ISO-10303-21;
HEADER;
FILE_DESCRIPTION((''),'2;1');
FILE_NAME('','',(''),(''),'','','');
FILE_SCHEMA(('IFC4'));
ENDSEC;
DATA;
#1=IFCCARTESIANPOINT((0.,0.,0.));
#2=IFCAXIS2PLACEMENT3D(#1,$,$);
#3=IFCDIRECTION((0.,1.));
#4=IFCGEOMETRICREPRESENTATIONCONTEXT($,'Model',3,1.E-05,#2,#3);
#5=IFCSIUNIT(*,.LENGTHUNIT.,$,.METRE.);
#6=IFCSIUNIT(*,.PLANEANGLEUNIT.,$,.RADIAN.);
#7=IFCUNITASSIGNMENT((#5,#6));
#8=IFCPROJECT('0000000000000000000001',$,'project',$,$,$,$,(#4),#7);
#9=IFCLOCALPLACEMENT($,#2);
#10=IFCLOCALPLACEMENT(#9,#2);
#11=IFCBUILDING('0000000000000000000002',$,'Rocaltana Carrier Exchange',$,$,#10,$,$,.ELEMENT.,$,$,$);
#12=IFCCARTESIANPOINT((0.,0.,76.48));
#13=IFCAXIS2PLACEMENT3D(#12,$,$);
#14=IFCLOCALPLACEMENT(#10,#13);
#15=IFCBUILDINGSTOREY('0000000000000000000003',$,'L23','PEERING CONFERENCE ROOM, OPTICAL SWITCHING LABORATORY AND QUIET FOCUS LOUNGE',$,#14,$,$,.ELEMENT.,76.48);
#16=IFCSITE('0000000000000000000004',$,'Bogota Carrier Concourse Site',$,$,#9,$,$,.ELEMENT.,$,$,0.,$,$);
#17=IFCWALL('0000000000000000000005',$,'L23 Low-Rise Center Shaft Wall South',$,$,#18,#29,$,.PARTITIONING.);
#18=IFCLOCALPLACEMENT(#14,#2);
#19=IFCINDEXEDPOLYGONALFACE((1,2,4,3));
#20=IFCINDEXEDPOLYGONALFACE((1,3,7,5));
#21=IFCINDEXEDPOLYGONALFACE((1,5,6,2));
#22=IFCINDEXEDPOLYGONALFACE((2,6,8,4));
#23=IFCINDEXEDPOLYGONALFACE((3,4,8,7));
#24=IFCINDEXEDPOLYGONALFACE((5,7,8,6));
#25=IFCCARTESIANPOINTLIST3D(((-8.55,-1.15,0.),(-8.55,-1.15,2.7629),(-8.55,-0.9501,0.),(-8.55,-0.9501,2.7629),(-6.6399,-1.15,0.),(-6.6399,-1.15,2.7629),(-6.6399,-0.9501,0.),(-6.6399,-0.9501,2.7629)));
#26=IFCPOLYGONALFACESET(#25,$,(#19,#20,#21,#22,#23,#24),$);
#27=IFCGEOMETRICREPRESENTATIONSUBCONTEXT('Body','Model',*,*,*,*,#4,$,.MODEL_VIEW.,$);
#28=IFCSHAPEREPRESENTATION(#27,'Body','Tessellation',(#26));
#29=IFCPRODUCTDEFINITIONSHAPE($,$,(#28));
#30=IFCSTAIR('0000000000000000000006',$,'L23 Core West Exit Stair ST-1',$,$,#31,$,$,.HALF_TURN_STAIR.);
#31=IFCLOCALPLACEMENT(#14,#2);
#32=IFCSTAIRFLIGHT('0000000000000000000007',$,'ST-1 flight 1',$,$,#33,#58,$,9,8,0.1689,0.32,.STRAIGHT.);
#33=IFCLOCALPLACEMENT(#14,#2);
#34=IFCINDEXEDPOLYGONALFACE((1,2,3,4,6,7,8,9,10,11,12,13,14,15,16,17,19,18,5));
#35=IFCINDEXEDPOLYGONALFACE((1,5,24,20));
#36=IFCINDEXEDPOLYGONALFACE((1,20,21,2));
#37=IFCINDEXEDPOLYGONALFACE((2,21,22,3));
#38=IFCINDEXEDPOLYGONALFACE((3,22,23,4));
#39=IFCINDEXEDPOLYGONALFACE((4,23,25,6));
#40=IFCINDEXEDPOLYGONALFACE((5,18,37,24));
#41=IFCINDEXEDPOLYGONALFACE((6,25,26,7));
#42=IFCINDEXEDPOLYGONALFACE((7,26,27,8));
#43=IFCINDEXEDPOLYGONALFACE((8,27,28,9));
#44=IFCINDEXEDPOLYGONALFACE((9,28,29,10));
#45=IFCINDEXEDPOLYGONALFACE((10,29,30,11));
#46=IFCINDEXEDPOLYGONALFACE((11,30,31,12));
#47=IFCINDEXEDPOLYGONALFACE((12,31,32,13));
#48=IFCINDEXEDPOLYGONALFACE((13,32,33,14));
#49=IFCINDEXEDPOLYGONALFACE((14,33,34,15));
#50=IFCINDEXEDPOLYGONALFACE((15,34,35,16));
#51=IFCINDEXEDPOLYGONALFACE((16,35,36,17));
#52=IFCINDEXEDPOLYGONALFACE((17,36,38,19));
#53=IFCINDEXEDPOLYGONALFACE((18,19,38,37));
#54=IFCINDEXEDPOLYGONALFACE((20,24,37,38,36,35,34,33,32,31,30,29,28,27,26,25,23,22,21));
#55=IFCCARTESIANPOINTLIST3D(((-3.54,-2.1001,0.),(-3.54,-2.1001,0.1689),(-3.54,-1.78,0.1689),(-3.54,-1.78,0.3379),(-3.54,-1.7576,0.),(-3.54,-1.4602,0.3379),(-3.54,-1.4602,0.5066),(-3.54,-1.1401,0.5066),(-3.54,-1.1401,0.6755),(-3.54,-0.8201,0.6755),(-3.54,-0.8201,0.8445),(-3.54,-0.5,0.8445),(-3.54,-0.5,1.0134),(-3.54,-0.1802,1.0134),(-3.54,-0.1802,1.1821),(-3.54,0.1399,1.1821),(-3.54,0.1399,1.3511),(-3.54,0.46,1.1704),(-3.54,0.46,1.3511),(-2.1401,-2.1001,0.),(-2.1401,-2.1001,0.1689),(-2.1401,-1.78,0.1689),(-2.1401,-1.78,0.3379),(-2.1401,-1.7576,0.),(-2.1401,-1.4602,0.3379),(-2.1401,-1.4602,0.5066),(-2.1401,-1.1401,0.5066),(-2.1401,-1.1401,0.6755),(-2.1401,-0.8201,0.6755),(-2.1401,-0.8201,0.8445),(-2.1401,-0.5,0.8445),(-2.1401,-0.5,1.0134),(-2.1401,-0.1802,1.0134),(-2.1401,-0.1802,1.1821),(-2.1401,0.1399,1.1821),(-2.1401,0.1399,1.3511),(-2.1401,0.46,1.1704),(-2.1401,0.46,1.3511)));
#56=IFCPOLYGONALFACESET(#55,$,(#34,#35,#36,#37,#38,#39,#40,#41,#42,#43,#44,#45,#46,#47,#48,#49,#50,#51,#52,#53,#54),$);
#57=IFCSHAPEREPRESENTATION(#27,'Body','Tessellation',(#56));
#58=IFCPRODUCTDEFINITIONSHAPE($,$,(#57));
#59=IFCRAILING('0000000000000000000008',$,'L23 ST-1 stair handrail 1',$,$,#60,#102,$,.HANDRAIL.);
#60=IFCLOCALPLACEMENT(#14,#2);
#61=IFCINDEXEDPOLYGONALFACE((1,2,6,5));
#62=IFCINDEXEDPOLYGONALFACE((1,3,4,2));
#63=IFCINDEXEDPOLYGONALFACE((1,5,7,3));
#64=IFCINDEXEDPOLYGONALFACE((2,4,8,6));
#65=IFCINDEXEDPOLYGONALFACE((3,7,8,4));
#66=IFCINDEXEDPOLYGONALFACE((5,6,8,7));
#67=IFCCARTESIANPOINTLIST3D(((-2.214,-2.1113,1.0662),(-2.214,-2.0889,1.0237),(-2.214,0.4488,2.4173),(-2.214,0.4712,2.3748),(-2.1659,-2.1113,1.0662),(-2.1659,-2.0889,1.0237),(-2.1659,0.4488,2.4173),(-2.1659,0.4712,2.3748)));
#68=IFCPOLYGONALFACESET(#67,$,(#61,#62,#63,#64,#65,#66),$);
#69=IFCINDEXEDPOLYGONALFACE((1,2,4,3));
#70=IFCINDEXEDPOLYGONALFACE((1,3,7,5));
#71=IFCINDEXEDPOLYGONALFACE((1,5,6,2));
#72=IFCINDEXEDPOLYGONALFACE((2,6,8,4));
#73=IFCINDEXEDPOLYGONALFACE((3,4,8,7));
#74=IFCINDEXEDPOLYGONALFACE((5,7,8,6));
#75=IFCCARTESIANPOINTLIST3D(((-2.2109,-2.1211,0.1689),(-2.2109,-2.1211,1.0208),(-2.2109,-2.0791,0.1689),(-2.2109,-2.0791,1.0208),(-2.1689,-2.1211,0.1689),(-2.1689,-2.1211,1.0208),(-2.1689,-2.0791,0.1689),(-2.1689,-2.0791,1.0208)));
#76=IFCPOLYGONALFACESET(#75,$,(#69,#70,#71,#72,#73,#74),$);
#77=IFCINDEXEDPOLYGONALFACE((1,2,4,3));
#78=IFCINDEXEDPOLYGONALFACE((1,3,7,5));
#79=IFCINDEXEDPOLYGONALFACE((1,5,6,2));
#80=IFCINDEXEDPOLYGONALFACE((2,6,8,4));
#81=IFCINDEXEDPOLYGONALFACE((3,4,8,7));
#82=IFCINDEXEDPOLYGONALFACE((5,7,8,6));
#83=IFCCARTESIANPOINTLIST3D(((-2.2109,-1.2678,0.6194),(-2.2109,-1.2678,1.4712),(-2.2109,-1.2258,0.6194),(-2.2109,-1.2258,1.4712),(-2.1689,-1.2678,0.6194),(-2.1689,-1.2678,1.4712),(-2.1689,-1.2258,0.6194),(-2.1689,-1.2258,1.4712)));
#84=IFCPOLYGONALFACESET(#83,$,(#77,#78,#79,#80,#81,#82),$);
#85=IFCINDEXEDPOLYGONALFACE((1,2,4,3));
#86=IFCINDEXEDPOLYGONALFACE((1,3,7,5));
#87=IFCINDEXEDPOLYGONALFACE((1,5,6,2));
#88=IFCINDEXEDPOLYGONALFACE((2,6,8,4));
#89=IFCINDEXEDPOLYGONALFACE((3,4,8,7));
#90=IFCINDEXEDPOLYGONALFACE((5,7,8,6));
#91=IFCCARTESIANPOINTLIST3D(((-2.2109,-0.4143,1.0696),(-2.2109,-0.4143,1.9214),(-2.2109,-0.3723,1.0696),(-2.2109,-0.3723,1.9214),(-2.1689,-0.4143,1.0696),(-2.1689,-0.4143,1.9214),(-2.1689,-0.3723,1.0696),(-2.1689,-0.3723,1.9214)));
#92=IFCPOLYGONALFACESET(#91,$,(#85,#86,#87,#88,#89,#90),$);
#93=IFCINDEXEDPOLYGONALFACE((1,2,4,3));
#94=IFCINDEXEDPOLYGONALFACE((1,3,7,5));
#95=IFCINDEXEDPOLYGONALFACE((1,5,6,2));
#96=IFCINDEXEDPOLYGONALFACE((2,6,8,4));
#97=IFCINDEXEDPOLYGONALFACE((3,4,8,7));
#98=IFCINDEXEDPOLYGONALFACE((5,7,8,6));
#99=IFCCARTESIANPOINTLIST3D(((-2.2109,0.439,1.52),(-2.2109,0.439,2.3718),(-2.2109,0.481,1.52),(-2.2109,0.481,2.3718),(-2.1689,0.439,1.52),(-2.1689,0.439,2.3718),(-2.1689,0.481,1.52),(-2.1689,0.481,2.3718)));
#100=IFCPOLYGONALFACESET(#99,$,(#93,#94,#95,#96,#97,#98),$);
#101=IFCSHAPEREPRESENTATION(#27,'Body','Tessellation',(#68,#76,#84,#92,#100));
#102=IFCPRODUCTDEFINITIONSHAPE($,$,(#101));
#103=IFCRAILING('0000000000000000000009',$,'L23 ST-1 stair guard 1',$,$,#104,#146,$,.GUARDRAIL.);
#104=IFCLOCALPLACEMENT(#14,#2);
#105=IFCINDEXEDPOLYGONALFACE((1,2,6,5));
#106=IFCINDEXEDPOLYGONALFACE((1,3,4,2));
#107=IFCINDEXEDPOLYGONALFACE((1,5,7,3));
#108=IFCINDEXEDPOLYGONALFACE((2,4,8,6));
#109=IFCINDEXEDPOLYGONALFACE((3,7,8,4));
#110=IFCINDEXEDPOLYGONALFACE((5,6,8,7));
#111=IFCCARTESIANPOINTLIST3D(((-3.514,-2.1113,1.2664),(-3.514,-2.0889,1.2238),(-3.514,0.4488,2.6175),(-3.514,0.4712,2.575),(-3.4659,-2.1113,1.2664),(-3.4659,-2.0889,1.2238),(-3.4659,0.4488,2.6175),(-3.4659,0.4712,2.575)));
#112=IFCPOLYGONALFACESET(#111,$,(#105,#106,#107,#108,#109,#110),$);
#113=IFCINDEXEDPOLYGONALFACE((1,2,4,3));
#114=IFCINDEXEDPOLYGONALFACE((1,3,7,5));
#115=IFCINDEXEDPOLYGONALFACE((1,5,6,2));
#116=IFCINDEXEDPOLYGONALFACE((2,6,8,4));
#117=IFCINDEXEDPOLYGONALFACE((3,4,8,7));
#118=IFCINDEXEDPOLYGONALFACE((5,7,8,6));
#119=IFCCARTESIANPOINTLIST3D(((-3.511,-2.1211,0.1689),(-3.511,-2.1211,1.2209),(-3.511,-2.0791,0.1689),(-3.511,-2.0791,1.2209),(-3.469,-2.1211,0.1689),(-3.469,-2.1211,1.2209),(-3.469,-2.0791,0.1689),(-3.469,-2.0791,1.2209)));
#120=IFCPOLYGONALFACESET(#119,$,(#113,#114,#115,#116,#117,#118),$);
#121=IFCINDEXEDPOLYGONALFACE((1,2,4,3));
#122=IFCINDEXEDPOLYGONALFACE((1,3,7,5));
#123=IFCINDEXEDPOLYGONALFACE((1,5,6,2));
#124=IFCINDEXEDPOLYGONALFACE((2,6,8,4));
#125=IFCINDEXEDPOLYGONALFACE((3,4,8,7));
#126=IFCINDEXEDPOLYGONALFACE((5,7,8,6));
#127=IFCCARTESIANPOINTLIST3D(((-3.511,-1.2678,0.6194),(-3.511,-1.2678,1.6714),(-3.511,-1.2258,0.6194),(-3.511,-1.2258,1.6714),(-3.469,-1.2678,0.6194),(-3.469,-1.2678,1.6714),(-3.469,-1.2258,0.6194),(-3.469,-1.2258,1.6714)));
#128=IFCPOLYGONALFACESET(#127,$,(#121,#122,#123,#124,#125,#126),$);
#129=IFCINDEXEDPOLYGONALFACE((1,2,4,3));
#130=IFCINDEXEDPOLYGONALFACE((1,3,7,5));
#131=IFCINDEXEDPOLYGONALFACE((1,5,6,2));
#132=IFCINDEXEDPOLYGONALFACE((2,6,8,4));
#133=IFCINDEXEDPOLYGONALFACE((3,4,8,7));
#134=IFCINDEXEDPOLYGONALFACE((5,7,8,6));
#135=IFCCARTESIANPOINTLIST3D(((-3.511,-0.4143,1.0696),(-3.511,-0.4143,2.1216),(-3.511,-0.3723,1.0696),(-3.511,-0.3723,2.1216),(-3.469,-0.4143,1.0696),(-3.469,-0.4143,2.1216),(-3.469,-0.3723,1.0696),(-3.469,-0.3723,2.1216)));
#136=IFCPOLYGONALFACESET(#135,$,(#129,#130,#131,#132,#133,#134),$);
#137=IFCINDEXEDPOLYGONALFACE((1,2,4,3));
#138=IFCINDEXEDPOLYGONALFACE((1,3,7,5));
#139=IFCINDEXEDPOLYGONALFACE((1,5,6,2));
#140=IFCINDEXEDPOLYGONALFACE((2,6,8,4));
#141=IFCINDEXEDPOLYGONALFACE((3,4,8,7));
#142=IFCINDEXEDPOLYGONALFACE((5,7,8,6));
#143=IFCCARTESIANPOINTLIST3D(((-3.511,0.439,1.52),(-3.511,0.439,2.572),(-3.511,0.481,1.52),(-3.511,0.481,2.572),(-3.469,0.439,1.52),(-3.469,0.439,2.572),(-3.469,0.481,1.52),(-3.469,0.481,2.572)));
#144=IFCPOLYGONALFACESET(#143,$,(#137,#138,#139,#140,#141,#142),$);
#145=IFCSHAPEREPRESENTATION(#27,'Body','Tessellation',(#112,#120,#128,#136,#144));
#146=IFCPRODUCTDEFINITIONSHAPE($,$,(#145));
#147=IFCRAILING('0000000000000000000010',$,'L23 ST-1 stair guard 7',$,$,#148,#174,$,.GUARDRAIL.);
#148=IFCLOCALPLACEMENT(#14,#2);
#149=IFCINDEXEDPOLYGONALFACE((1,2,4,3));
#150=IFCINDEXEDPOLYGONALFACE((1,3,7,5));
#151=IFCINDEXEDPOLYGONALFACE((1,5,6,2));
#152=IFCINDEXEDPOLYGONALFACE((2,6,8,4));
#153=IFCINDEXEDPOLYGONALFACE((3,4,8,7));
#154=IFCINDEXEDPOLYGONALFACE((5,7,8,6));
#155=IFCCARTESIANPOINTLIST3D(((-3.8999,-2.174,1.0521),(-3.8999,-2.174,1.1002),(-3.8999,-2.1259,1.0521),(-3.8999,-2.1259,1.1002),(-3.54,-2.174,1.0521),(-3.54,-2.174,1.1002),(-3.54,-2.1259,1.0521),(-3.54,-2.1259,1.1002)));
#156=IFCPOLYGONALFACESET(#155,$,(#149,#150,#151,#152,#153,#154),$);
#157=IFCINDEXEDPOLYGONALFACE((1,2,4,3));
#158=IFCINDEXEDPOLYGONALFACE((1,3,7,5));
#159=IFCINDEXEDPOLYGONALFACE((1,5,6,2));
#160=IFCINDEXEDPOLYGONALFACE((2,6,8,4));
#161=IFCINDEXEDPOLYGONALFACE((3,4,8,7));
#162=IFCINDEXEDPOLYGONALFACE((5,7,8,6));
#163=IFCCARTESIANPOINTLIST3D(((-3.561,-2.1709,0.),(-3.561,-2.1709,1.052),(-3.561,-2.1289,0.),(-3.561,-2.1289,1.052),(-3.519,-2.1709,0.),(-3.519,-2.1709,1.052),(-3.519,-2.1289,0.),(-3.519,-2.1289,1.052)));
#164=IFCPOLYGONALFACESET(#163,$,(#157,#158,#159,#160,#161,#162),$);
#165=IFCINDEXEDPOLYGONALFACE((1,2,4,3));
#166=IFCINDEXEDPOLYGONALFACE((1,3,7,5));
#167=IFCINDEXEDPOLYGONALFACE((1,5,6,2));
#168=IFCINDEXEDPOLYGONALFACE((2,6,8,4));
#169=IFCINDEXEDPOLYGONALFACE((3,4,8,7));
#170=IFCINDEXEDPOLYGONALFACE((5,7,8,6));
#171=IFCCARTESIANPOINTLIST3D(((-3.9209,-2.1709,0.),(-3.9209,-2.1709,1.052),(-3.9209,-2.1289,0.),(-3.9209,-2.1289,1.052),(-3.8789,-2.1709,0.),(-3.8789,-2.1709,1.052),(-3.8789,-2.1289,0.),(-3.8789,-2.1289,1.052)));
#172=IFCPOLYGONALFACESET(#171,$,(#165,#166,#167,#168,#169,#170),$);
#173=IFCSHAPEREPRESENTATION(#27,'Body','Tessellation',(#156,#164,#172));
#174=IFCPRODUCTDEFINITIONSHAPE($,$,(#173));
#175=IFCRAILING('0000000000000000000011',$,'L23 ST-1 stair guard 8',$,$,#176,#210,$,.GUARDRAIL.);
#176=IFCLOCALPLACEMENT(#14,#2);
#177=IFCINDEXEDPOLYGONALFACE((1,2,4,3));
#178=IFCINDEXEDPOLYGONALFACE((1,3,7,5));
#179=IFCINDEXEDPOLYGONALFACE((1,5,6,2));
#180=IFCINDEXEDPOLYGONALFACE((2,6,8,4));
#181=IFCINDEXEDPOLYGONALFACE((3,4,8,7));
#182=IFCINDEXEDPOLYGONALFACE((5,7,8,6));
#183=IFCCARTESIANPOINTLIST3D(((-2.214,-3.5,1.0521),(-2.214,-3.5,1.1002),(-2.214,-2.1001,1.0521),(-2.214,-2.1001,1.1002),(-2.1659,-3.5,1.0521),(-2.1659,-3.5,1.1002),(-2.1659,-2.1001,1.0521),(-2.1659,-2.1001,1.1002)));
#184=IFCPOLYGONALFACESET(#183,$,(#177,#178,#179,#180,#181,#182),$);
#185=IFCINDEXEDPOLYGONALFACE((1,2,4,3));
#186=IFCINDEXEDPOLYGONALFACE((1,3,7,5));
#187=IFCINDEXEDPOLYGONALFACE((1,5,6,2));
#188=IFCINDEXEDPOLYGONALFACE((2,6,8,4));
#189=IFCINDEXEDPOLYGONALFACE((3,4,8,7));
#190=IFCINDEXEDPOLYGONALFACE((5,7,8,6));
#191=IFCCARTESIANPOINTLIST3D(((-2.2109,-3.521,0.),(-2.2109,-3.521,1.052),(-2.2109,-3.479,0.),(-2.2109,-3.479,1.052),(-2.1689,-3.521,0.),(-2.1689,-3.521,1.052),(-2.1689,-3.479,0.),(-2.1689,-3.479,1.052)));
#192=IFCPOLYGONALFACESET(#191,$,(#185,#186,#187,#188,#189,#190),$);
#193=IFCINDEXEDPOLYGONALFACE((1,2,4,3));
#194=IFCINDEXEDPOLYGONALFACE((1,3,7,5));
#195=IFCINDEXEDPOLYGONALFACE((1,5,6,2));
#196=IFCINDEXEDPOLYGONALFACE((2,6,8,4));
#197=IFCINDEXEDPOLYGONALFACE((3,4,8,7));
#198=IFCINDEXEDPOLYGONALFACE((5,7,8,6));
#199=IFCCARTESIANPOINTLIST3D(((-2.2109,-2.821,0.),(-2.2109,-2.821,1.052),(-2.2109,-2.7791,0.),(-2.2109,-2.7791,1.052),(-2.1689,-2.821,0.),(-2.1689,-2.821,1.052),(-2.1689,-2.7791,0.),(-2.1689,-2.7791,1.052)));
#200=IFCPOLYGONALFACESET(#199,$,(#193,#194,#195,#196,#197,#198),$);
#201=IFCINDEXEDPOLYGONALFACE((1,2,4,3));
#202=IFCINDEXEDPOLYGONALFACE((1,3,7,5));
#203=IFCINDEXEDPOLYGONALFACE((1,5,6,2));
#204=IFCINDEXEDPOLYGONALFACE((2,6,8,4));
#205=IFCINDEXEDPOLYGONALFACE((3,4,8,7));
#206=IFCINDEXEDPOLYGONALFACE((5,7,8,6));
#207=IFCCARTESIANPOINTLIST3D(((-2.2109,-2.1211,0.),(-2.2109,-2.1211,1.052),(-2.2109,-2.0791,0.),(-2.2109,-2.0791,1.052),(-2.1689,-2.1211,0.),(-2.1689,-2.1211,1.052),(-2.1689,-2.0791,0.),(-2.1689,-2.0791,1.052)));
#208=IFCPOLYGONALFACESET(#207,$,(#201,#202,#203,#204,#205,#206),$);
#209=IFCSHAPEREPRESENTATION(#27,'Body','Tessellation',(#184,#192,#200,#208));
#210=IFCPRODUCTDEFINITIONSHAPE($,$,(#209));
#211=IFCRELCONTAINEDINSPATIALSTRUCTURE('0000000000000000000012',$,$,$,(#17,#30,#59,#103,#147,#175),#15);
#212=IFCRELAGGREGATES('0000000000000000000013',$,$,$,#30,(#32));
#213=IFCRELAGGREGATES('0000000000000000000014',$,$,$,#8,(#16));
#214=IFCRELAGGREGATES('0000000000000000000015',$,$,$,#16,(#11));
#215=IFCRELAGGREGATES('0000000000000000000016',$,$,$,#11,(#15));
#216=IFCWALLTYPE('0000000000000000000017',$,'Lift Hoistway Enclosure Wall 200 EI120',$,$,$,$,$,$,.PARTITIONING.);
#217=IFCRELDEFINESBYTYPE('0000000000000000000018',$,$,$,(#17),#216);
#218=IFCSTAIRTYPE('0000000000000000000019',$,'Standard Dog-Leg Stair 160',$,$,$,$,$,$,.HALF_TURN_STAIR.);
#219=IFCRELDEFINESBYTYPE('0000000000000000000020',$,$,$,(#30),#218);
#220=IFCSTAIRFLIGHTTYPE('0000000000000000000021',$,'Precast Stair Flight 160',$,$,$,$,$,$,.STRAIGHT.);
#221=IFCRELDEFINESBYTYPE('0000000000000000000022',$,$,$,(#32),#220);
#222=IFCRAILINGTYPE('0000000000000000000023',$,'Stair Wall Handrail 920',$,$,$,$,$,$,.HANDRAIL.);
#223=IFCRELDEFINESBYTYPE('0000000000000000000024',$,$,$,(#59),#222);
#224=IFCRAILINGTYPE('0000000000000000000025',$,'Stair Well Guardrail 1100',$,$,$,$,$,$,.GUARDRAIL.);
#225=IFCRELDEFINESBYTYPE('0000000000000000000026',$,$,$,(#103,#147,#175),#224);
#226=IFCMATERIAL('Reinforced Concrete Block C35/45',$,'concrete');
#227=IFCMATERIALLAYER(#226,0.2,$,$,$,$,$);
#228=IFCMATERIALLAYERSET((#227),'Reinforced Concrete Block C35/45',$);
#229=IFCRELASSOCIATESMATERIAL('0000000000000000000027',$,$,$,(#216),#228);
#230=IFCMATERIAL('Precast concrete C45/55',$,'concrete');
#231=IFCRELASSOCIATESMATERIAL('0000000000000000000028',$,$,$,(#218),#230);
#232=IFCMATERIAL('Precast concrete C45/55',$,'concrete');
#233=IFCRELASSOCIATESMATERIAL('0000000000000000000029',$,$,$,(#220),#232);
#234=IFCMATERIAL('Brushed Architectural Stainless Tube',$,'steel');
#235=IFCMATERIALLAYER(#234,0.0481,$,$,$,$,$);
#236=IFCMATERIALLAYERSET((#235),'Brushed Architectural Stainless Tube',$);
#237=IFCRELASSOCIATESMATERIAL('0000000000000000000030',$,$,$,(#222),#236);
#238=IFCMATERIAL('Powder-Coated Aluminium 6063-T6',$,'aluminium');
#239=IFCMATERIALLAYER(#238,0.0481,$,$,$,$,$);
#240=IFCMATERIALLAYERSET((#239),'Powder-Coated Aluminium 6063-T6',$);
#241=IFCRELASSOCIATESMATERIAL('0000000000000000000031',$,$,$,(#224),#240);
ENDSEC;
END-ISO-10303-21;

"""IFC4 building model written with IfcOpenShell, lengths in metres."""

from ifc_helpers import new_model, si_unit, direction, frame, frame_2d, origin, origin_2d, place, context, subcontext, project, spatial, polyline, rectangle, outline, extrude, material, layer, layer_set, type_object, element, aggregate, save


model = new_model("IFC4")

# Units and contexts
model_context = context("Model", 3, precision=1e-05, world=origin(), true_north=direction((0.0, 1.0)))
body_context = subcontext(model_context, "Body", "Model", "MODEL_VIEW")
ifc_project = project(units=[si_unit("LENGTHUNIT", "METRE"), si_unit("PLANEANGLEUNIT", "RADIAN")], contexts=[model_context])

# Site, building, storey
site_placement = place(None, origin())
site = spatial("IfcSite", under=ifc_project, at=site_placement, Name="Bogota Carrier Concourse Site", CompositionType="ELEMENT", RefElevation=0.0)
building_placement = place(site_placement, origin())
building = spatial("IfcBuilding", under=site, at=building_placement, Name="Rocaltana Carrier Exchange", CompositionType="ELEMENT")
storey_placement = place(building_placement, frame((0.0, 0.0, 76.48)))
storey = spatial("IfcBuildingStorey", under=building, at=storey_placement, Name="L23", Description="PEERING CONFERENCE ROOM, OPTICAL SWITCHING LABORATORY AND QUIET FOCUS LOUNGE", CompositionType="ELEMENT", Elevation=76.48)

# Wall
ifc_material_1 = material(Name="Reinforced Concrete Block C35/45", Category="concrete")
ifc_layer_1 = layer(ifc_material_1, 0.2)
ifc_layer_set_1 = layer_set([ifc_layer_1], Name="Reinforced Concrete Block C35/45")
wall_type_1 = type_object("IfcWallType", Name="Lift Hoistway Enclosure Wall 200 EI120", PredefinedType="PARTITIONING", material=ifc_layer_set_1)
wall_1_placement = place(storey_placement, frame((-8.55, -1.05, 0.0), z_axis=(0.0, 0.0, 1.0), x_axis=(1.0, 0.0, 0.0)))
element("IfcWall", 1, at=wall_1_placement, inside=storey, type_object=wall_type_1, Name="L23 Low-Rise Center Shaft Wall South", PredefinedType="PARTITIONING", context=body_context, shape_type="SweptSolid", body=[
    extrude(rectangle(XDim=1.9102, YDim=0.2, at=frame_2d((0.9551, 0.0))), origin(), (0.0, 0.0, 1.0), 2.7629),
])

# Stair, stair flight
ifc_material_2 = material(Name="Precast concrete C45/55", Category="concrete")
stair_type = type_object("IfcStairType", Name="Standard Dog-Leg Stair 160", PredefinedType="HALF_TURN_STAIR", material=ifc_material_2)
stair_placement = place(storey_placement, origin())
stair = element("IfcStair", 2, at=stair_placement, inside=storey, type_object=stair_type, Name="L23 Core West Exit Stair ST-1", PredefinedType="HALF_TURN_STAIR")
ifc_material_3 = material(Name="Precast concrete C45/55", Category="concrete")
stair_flight_type = type_object("IfcStairFlightType", Name="Precast Stair Flight 160", PredefinedType="STRAIGHT", material=ifc_material_3)
stair_flight_placement = place(storey_placement, frame((-2.8401, -2.1001, 0.0), z_axis=(0.0, 0.0, 1.0), x_axis=(0.0, 1.0, 0.0)))
stair_flight = element("IfcStairFlight", 3, at=stair_flight_placement, type_object=stair_flight_type, Name="ST-1 flight 1", NumberOfRisers=9, NumberOfTreads=8, PredefinedType="STRAIGHT", RiserHeight=0.1689, TreadLength=0.32, context=body_context, shape_type="SweptSolid", body=[
    extrude(outline(polyline([(0.0, 0.0), (0.0, 0.1689), (0.3201, 0.1689), (0.3201, 0.3379), (0.6399, 0.3379), (0.6399, 0.5066), (0.96, 0.5066), (0.96, 0.6755), (1.28, 0.6755), (1.28, 0.8445), (1.6001, 0.8445), (1.6001, 1.0134), (1.9199, 1.0134), (1.9199, 1.1821), (2.24, 1.1821), (2.24, 1.3511), (2.5601, 1.3511), (2.5601, 1.52), (2.5601, 1.1704), (0.3425, 0.0), (0.0, 0.0)])), frame((0.0, 0.7, 0.0), z_axis=(0.0, -1.0, 0.0), x_axis=(1.0, 0.0, 0.0)), (0.0, 0.0, 1.0), 1.3999),
])
aggregate(stair, [stair_flight])

# Railings
ifc_material_4 = material(Name="Brushed Architectural Stainless Tube", Category="steel")
ifc_layer_2 = layer(ifc_material_4, 0.0481)
ifc_layer_set_2 = layer_set([ifc_layer_2], Name="Brushed Architectural Stainless Tube")
railing_type_1 = type_object("IfcRailingType", Name="Stair Wall Handrail 920", PredefinedType="HANDRAIL", material=ifc_layer_set_2)
railing_1_placement = place(storey_placement, frame((-2.1899, -2.1001, 0.1689)))
element("IfcRailing", 4, at=railing_1_placement, inside=storey, type_object=railing_type_1, Name="L23 ST-1 stair handrail 1", PredefinedType="HANDRAIL", context=body_context, shape_type="SweptSolid", body=[
    extrude(rectangle(XDim=0.0481, YDim=0.0481, at=origin_2d()), frame((0.0, 0.0, 0.876), z_axis=(0.0, 0.884394, 0.46674), x_axis=(-1.0, 0.0, 0.0)), (0.0, 0.0, 1.0), 2.8948),
    extrude(rectangle(XDim=0.042, YDim=0.042, at=origin_2d()), origin(), (0.0, 0.0, 1.0), 0.8518),
    extrude(rectangle(XDim=0.042, YDim=0.042, at=origin_2d()), frame((0.0, 0.8533, 0.4504)), (0.0, 0.0, 1.0), 0.8518),
    extrude(rectangle(XDim=0.042, YDim=0.042, at=origin_2d()), frame((0.0, 1.7068, 0.9006)), (0.0, 0.0, 1.0), 0.8518),
    extrude(rectangle(XDim=0.042, YDim=0.042, at=origin_2d()), frame((0.0, 2.5601, 1.3511)), (0.0, 0.0, 1.0), 0.8518),
])
ifc_material_5 = material(Name="Powder-Coated Aluminium 6063-T6", Category="aluminium")
ifc_layer_3 = layer(ifc_material_5, 0.0481)
ifc_layer_set_3 = layer_set([ifc_layer_3], Name="Powder-Coated Aluminium 6063-T6")
railing_type_2 = type_object("IfcRailingType", Name="Stair Well Guardrail 1100", PredefinedType="GUARDRAIL", material=ifc_layer_set_3)
railing_2_placement = place(storey_placement, frame((-3.49, -2.1001, 0.1689)))
element("IfcRailing", 5, at=railing_2_placement, inside=storey, type_object=railing_type_2, Name="L23 ST-1 stair guard 1", PredefinedType="GUARDRAIL", context=body_context, shape_type="SweptSolid", body=[
    extrude(rectangle(XDim=0.0481, YDim=0.0481, at=origin_2d()), frame((0.0, 0.0, 1.0762), z_axis=(0.0, 0.884394, 0.46674), x_axis=(-1.0, 0.0, 0.0)), (0.0, 0.0, 1.0), 2.8948),
    extrude(rectangle(XDim=0.042, YDim=0.042, at=origin_2d()), origin(), (0.0, 0.0, 1.0), 1.052),
    extrude(rectangle(XDim=0.042, YDim=0.042, at=origin_2d()), frame((0.0, 0.8533, 0.4504)), (0.0, 0.0, 1.0), 1.052),
    extrude(rectangle(XDim=0.042, YDim=0.042, at=origin_2d()), frame((0.0, 1.7068, 0.9006)), (0.0, 0.0, 1.0), 1.052),
    extrude(rectangle(XDim=0.042, YDim=0.042, at=origin_2d()), frame((0.0, 2.5601, 1.3511)), (0.0, 0.0, 1.0), 1.052),
])
railing_3_placement = place(storey_placement, frame((-3.54, -2.1499, 0.0)))
element("IfcRailing", 6, at=railing_3_placement, inside=storey, type_object=railing_type_2, Name="L23 ST-1 stair guard 7", PredefinedType="GUARDRAIL", context=body_context, shape_type="SweptSolid", body=[
    extrude(rectangle(XDim=0.0481, YDim=0.0481, at=origin_2d()), frame((0.0, 0.0, 1.0762), z_axis=(-1.0, 0.0, 0.0), x_axis=(0.0, -1.0, 0.0)), (0.0, 0.0, 1.0), 0.3599),
    extrude(rectangle(XDim=0.042, YDim=0.042, at=origin_2d()), origin(), (0.0, 0.0, 1.0), 1.052),
    extrude(rectangle(XDim=0.042, YDim=0.042, at=origin_2d()), frame((-0.3599, 0.0, 0.0)), (0.0, 0.0, 1.0), 1.052),
])
for number, where, name in (
    (7, (-2.1899, -3.5, 0.0), "L23 ST-1 stair guard 8"),
):
    element("IfcRailing", number, at=place(storey_placement, frame(where)), inside=storey, type_object=railing_type_2, Name=name, PredefinedType="GUARDRAIL", context=body_context, shape_type="SweptSolid", body=[
        extrude(rectangle(XDim=0.0481, YDim=0.0481, at=origin_2d()), frame((0.0, 0.0, 1.0762), z_axis=(0.0, 1.0, 0.0), x_axis=(-1.0, 0.0, 0.0)), (0.0, 0.0, 1.0), 1.3999),
        extrude(rectangle(XDim=0.042, YDim=0.042, at=origin_2d()), origin(), (0.0, 0.0, 1.0), 1.052),
        extrude(rectangle(XDim=0.042, YDim=0.042, at=origin_2d()), frame((0.0, 0.7, 0.0)), (0.0, 0.0, 1.0), 1.052),
        extrude(rectangle(XDim=0.042, YDim=0.042, at=origin_2d()), frame((0.0, 1.3999, 0.0)), (0.0, 0.0, 1.0), 1.052),
    ])

save(model, "model.ifc")
